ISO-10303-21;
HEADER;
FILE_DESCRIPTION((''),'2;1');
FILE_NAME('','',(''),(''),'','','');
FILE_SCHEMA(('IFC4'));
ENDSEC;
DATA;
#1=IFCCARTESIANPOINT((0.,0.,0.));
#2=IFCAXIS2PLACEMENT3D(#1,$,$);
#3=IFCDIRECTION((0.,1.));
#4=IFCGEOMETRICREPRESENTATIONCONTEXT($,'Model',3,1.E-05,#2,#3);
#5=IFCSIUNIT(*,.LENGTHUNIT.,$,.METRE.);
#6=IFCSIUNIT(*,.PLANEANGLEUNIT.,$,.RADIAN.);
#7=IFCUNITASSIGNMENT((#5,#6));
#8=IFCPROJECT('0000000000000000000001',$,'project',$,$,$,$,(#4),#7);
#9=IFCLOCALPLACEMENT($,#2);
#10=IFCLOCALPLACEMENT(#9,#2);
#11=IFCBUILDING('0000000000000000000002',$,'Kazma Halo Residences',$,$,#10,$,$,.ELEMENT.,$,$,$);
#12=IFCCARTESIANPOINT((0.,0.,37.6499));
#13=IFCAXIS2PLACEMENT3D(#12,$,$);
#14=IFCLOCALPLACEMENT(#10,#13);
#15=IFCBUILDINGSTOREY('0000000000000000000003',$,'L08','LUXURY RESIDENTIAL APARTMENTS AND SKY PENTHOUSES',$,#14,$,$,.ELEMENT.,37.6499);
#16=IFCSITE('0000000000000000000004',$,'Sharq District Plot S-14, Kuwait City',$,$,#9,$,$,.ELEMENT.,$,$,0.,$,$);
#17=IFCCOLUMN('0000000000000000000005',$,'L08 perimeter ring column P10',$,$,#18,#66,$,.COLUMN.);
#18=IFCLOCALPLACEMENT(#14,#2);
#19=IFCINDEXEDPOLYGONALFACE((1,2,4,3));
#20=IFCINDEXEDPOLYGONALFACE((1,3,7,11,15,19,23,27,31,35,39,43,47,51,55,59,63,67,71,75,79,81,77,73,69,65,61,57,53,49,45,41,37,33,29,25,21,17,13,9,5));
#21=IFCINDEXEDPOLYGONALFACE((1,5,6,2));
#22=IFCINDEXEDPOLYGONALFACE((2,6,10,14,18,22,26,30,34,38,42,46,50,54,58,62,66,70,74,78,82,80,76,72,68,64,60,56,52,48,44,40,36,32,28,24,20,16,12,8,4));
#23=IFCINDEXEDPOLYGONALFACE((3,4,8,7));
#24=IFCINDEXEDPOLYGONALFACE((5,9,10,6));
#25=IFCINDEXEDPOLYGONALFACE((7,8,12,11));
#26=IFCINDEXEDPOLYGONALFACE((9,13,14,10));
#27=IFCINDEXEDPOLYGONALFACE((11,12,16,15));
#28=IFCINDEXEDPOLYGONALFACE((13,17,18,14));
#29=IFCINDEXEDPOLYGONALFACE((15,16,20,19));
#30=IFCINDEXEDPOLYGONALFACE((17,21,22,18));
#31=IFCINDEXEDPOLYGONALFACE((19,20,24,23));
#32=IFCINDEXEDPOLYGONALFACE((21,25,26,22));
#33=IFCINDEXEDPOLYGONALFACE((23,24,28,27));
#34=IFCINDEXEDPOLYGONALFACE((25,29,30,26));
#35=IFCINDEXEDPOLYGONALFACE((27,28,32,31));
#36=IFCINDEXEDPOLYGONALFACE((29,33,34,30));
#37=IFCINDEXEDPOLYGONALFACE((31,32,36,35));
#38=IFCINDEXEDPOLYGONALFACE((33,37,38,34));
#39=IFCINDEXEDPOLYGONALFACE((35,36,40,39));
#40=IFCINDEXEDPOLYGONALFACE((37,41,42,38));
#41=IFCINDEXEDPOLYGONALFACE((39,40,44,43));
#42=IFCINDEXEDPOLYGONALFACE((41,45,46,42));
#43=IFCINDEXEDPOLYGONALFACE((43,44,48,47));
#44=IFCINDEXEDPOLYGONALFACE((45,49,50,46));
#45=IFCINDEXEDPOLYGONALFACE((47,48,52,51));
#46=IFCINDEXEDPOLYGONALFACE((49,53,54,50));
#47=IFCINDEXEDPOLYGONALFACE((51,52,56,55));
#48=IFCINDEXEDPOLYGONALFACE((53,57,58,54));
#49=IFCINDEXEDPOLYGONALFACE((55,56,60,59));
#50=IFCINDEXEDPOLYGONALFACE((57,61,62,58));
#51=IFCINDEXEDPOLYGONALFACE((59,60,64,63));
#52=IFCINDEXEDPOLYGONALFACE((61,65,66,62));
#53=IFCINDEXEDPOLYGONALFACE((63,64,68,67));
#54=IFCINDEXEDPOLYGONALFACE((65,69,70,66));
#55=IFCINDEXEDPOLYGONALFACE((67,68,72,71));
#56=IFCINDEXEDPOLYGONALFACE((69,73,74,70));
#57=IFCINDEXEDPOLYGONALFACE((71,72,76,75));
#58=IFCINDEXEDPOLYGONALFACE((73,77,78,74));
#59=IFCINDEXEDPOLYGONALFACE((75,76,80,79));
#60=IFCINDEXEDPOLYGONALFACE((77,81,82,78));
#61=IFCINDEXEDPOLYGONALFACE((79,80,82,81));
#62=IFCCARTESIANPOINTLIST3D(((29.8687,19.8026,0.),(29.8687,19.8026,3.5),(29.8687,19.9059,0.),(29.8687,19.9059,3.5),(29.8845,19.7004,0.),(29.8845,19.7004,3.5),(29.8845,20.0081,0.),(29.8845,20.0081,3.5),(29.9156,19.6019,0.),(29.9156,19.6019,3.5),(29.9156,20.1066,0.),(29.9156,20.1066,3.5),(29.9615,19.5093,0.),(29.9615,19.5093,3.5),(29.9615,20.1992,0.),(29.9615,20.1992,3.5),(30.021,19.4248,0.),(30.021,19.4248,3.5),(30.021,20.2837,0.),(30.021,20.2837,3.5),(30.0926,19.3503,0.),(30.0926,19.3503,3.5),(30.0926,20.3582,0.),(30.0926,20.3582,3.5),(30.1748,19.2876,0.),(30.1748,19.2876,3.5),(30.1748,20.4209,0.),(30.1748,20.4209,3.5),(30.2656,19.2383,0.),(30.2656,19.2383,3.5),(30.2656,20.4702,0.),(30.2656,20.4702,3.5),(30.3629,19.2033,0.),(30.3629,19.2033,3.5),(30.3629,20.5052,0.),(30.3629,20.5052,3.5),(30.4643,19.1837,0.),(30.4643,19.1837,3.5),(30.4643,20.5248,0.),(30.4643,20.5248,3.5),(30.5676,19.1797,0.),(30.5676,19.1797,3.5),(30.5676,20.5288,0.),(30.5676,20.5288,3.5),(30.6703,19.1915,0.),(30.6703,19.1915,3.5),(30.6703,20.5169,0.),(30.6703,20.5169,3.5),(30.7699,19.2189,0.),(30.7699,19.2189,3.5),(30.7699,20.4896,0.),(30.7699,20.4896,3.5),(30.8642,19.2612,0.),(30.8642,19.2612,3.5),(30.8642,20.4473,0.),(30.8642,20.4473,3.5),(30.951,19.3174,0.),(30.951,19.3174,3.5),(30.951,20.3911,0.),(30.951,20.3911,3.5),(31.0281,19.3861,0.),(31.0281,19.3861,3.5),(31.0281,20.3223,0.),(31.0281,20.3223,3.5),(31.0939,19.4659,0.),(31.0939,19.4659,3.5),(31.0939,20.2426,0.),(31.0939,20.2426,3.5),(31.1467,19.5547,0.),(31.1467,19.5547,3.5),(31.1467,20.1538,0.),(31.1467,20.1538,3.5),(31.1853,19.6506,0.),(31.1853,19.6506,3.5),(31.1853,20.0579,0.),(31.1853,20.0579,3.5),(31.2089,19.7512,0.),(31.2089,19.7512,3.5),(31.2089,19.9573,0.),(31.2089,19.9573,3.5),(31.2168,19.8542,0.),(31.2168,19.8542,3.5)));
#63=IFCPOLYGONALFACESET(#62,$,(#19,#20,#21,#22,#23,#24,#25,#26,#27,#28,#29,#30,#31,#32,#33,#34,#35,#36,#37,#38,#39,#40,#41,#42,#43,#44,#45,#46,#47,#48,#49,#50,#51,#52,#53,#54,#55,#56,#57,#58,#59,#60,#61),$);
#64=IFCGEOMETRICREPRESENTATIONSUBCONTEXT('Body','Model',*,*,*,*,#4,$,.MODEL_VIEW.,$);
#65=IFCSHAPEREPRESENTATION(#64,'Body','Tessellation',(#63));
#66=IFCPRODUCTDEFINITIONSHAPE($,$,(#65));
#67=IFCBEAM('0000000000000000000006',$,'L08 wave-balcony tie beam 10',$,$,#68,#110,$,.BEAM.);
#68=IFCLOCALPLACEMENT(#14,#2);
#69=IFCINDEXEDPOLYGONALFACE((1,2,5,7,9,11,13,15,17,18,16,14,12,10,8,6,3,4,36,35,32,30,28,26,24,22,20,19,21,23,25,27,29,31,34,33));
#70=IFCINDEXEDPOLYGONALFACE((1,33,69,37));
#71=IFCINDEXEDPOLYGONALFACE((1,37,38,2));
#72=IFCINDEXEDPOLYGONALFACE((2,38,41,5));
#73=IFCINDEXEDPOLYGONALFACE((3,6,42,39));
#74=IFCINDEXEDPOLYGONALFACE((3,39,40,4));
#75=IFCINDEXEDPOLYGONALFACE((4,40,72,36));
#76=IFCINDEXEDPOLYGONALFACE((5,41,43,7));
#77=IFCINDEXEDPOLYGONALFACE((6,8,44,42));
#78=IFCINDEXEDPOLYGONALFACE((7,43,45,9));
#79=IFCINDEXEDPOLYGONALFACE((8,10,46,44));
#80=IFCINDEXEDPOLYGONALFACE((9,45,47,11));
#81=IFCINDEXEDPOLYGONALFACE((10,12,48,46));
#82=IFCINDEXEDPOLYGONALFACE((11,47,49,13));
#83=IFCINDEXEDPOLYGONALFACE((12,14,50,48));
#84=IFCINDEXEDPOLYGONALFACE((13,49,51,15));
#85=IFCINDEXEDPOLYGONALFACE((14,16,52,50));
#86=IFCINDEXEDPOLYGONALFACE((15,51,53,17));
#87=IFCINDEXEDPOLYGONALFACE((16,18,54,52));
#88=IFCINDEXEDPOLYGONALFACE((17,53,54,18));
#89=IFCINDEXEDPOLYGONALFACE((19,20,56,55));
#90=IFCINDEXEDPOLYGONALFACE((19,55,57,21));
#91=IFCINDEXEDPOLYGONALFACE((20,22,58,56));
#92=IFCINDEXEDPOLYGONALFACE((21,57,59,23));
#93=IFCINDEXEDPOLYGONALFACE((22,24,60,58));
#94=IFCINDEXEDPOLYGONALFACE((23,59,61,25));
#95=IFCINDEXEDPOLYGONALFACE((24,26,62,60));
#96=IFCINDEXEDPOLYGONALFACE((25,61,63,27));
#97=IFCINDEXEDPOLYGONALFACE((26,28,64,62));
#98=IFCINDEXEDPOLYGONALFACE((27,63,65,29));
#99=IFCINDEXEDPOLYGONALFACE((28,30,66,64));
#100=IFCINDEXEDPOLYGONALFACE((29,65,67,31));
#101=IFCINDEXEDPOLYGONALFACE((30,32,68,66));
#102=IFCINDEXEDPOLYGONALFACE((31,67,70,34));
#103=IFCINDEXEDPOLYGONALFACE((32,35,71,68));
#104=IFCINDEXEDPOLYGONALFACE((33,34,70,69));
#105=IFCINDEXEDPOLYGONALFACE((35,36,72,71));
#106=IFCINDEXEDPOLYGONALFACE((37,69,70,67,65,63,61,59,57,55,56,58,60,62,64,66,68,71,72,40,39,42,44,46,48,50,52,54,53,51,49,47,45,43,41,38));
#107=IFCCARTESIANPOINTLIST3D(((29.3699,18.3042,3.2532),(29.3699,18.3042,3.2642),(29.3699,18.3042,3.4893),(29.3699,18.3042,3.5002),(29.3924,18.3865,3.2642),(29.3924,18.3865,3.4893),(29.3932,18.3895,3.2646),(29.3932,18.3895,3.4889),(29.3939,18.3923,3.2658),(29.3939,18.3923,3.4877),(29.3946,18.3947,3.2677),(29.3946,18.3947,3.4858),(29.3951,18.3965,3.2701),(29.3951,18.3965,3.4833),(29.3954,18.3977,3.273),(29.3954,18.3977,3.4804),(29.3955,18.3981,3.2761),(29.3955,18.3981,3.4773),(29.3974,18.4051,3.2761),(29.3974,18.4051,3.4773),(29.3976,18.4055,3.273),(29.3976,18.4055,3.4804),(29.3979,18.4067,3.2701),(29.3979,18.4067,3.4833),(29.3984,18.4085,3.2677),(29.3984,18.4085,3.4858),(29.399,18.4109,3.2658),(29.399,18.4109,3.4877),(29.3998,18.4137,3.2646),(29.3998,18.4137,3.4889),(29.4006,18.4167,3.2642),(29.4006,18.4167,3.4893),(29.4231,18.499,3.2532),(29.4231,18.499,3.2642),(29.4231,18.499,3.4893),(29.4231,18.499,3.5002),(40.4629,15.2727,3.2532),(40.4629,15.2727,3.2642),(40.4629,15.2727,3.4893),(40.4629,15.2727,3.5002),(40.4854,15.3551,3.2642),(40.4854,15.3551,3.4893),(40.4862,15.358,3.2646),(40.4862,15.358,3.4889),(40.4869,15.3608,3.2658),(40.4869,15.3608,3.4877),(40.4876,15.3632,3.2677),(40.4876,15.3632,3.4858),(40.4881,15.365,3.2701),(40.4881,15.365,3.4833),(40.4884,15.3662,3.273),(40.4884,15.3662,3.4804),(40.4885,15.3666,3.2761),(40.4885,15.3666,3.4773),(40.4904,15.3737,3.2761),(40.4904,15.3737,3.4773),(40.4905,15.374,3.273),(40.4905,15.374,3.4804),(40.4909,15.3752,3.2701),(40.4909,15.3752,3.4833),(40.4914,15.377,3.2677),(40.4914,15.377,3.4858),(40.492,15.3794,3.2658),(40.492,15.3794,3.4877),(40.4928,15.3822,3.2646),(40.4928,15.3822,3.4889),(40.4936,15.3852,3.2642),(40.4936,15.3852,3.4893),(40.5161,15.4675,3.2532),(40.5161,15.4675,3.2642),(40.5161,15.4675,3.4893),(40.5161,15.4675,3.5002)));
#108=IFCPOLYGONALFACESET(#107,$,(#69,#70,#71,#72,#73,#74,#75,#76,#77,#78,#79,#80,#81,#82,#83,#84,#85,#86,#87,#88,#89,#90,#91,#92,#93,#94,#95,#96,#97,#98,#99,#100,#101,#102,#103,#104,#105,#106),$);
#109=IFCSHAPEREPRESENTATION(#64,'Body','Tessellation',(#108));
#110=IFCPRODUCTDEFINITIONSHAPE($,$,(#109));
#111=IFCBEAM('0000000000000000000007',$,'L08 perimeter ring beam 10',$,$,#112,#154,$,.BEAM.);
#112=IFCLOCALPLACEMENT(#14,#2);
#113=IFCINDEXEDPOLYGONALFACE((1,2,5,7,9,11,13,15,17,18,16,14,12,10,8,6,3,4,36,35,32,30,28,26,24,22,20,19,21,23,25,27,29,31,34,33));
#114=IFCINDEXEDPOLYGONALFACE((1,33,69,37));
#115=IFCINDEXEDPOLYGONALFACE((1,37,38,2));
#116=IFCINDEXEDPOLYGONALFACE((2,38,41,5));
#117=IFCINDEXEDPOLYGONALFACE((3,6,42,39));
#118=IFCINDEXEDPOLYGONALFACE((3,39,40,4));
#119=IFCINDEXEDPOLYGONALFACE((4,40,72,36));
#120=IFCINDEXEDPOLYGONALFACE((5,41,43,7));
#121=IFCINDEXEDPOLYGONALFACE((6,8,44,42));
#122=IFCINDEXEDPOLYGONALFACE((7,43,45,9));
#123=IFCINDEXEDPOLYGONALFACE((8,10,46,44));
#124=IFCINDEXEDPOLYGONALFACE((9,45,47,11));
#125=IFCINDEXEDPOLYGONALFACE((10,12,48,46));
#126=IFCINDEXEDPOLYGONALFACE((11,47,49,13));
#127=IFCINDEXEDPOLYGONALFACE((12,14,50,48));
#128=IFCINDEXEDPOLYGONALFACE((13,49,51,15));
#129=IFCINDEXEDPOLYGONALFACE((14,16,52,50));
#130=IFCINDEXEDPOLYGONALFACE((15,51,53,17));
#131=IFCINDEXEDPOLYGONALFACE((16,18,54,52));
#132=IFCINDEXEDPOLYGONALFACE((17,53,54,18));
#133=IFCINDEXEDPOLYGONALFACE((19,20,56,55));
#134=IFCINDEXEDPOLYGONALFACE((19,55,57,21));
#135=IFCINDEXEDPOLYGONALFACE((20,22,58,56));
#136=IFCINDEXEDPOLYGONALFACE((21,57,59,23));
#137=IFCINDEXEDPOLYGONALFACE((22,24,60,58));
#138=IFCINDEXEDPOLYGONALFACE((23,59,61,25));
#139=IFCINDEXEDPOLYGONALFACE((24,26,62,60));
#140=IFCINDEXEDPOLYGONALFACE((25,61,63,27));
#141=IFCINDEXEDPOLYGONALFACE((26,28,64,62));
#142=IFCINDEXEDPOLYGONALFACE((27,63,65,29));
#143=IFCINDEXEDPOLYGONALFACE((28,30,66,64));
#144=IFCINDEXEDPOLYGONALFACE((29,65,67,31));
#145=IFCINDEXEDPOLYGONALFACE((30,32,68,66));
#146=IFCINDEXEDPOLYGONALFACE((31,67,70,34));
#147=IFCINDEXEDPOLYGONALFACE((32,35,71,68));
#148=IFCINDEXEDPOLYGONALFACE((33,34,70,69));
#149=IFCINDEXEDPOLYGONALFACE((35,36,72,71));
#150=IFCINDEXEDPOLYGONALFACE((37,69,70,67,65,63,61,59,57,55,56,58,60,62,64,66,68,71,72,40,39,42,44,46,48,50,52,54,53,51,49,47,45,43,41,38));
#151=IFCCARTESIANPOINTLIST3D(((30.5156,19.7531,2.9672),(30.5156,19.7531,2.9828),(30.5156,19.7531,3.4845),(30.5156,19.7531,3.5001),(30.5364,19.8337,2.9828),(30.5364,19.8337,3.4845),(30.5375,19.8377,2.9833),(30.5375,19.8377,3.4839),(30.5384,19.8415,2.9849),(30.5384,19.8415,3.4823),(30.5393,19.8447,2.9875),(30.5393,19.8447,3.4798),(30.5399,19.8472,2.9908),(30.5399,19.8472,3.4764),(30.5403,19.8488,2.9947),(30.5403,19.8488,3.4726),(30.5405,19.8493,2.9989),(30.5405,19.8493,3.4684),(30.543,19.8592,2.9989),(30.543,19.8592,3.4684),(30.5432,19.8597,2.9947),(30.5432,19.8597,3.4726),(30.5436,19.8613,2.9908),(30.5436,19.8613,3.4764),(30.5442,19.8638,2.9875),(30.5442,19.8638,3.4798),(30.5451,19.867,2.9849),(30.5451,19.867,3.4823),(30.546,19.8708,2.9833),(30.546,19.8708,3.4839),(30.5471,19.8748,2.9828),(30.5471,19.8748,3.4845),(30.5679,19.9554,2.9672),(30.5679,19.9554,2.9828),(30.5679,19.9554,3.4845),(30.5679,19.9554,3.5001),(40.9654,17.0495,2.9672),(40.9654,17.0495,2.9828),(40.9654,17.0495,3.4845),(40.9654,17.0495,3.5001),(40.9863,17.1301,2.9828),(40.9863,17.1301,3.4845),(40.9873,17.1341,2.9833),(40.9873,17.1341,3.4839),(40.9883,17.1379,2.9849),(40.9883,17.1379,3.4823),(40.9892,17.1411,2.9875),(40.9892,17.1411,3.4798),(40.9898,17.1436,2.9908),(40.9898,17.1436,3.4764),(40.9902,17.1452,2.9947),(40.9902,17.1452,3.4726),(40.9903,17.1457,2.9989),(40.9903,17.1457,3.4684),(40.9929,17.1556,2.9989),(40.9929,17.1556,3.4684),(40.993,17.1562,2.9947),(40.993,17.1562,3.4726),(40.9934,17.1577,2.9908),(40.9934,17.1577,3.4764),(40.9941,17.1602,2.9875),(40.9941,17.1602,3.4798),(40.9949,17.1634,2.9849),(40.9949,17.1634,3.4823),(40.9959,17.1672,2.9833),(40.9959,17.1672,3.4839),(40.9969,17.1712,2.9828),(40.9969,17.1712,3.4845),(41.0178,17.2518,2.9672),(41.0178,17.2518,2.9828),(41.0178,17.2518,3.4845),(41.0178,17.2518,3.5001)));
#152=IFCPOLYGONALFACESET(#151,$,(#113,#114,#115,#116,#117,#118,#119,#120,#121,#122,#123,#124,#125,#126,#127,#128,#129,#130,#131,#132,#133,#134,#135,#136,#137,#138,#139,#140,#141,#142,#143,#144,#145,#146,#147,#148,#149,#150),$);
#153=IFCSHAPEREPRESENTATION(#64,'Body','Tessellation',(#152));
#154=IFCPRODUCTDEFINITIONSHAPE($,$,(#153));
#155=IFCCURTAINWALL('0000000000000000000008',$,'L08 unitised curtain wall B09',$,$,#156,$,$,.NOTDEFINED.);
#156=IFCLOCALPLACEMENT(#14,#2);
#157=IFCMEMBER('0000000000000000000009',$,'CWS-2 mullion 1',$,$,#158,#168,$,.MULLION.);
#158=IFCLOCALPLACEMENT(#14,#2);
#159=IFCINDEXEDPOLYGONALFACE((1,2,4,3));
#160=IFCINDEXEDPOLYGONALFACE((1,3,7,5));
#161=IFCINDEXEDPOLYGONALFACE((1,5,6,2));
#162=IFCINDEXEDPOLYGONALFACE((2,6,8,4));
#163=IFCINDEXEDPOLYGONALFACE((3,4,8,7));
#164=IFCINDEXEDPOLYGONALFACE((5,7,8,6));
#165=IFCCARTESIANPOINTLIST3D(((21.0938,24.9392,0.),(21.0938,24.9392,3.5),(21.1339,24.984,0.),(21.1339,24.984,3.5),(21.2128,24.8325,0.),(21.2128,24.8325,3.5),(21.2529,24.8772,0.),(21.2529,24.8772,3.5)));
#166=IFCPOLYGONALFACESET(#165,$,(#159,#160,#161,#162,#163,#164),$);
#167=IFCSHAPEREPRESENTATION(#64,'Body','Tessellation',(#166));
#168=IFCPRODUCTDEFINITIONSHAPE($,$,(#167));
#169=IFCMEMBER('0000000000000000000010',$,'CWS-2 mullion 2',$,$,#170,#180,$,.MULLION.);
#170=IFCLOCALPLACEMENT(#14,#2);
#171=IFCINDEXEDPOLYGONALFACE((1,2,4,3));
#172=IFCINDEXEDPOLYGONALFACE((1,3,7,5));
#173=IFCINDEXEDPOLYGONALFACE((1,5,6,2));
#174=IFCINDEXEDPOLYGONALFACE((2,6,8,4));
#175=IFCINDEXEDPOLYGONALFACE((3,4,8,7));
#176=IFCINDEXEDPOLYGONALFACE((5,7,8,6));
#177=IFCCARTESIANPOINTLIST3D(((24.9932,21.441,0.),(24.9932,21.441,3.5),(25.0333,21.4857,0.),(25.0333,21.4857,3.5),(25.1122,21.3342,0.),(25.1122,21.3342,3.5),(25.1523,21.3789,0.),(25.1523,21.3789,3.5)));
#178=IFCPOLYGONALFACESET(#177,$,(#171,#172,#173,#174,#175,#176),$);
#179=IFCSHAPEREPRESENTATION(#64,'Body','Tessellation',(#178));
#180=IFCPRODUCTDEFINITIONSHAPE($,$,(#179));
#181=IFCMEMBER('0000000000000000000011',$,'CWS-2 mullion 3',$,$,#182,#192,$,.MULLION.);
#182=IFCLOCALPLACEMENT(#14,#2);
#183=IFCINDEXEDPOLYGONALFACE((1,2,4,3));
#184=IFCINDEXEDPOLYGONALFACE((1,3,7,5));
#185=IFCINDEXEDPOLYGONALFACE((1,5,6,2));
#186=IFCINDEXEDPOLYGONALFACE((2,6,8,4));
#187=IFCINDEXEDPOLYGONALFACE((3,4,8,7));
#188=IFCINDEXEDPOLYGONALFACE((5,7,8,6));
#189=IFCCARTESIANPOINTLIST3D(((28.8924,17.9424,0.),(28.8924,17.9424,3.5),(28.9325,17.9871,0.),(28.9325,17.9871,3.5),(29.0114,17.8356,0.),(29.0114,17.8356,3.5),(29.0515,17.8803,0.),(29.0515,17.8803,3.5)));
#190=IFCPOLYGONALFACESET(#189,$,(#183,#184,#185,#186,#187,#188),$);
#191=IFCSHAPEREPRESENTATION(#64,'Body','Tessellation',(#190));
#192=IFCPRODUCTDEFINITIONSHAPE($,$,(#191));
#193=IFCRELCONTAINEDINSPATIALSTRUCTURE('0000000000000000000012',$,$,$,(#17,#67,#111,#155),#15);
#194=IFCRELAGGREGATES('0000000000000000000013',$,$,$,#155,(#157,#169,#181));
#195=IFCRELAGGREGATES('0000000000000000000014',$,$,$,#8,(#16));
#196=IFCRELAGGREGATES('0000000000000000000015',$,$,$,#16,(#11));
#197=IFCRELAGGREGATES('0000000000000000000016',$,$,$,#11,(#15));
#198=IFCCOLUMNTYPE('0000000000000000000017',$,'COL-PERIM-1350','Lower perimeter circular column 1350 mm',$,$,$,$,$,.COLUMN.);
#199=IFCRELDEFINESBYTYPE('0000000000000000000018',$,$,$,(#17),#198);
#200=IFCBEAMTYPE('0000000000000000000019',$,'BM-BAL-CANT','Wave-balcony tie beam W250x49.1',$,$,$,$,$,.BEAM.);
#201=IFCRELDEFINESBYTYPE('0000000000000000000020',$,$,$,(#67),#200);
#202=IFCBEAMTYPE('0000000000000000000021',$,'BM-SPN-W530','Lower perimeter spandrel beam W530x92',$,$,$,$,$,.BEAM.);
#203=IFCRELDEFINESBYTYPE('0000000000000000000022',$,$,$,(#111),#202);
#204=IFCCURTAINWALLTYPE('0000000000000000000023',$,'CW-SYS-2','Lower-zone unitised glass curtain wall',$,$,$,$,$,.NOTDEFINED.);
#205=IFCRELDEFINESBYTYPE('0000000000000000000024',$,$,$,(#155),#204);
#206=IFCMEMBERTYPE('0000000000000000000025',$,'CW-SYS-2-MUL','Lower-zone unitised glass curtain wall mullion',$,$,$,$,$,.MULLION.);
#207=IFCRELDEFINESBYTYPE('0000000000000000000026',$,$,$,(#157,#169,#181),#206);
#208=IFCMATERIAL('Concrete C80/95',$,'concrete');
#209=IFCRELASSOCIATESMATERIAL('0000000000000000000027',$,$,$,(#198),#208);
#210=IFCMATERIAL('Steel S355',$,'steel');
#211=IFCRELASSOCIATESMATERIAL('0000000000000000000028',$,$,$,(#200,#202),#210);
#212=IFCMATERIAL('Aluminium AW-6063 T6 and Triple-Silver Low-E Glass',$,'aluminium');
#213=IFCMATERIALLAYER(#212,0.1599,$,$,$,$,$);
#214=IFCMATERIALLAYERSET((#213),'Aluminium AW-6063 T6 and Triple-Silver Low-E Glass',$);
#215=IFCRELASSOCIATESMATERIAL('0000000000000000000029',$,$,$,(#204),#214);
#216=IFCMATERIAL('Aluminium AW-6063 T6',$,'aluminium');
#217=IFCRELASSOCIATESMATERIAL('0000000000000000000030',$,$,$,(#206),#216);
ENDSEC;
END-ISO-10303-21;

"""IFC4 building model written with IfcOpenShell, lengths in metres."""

from ifc_helpers import new_model, si_unit, direction, frame, origin, origin_2d, place, context, subcontext, project, spatial, rectangle, circle, i_section, extrude, material, layer, layer_set, material_profile, profile_set, type_object, element, aggregate, save


model = new_model("IFC4")

# Units and contexts
model_context = context("Model", 3, precision=1e-05, world=origin(), true_north=direction((0.0, 1.0)))
body_context = subcontext(model_context, "Body", "Model", "MODEL_VIEW")
ifc_project = project(units=[si_unit("LENGTHUNIT", "METRE"), si_unit("PLANEANGLEUNIT", "RADIAN")], contexts=[model_context])

# Site, building, storey
site_placement = place(None, origin())
site = spatial("IfcSite", under=ifc_project, at=site_placement, Name="Sharq District Plot S-14, Kuwait City", CompositionType="ELEMENT", RefElevation=0.0)
building_placement = place(site_placement, origin())
building = spatial("IfcBuilding", under=site, at=building_placement, Name="Kazma Halo Residences", CompositionType="ELEMENT")
storey_placement = place(building_placement, frame((0.0, 0.0, 37.6499)))
storey = spatial("IfcBuildingStorey", under=building, at=storey_placement, Name="L08", Description="LUXURY RESIDENTIAL APARTMENTS AND SKY PENTHOUSES", CompositionType="ELEMENT", Elevation=37.6499)

# Column
ifc_material_1 = material(Name="Concrete C80/95", Category="concrete")
ifc_material_profile_1 = material_profile(ifc_material_1, circle(Radius=0.675, at=origin_2d()), Name="CIRC1350")
ifc_profile_set_1 = profile_set([ifc_material_profile_1], Name="Concrete C80/95")
column_type = type_object("IfcColumnType", Name="COL-PERIM-1350", Description="Lower perimeter circular column 1350 mm", PredefinedType="COLUMN", material=ifc_profile_set_1)
column_placement = place(storey_placement, frame((30.5417, 19.8542, 0.0), z_axis=(0.0, 0.0, 1.0), x_axis=(1.0, 0.0, 0.0)))
element("IfcColumn", 1, at=column_placement, inside=storey, type_object=column_type, Name="L08 perimeter ring column P10", PredefinedType="COLUMN", context=body_context, shape_type="SweptSolid", body=[
    extrude(circle(Radius=0.675, at=origin_2d()), origin(), (0.0, 0.0, 1.0), 3.5),
])

# Beams
ifc_material_2 = material(Name="Steel S355", Category="steel")
ifc_material_profile_2 = material_profile(ifc_material_2, i_section(OverallWidth=0.2019, OverallDepth=0.2471, WebThickness=0.0073, FlangeThickness=0.011, FilletRadius=0.012, at=origin_2d()), Name="W250x49.1")
ifc_profile_set_2 = profile_set([ifc_material_profile_2], Name="Steel S355")
beam_type_1 = type_object("IfcBeamType", Name="BM-BAL-CANT", Description="Wave-balcony tie beam W250x49.1", PredefinedType="BEAM", material=ifc_profile_set_2)
beam_1_placement = place(storey_placement, frame((29.3965, 18.4016, 3.3767), z_axis=(0.964628, -0.263613, 0.0), x_axis=(0.263613, 0.964628, 0.0)))
element("IfcBeam", 2, at=beam_1_placement, inside=storey, type_object=beam_type_1, Name="L08 wave-balcony tie beam 10", PredefinedType="BEAM", context=body_context, shape_type="SweptSolid", body=[
    extrude(i_section(OverallWidth=0.2019, OverallDepth=0.2471, WebThickness=0.0073, FlangeThickness=0.011, FilletRadius=0.012, at=origin_2d()), origin(), (0.0, 0.0, 1.0), 11.4998),
])
ifc_material_profile_3 = material_profile(ifc_material_2, i_section(OverallWidth=0.209, OverallDepth=0.533, WebThickness=0.0103, FlangeThickness=0.0156, FilletRadius=0.0161, at=origin_2d()), Name="W530x92")
ifc_profile_set_3 = profile_set([ifc_material_profile_3], Name="Steel S355")
beam_type_2 = type_object("IfcBeamType", Name="BM-SPN-W530", Description="Lower perimeter spandrel beam W530x92", PredefinedType="BEAM", material=ifc_profile_set_3)
beam_2_placement = place(storey_placement, frame((30.5417, 19.8542, 3.2336), z_axis=(0.968124, -0.250473, 0.0), x_axis=(0.250473, 0.968124, 0.0)))
element("IfcBeam", 3, at=beam_2_placement, inside=storey, type_object=beam_type_2, Name="L08 perimeter ring beam 10", PredefinedType="BEAM", context=body_context, shape_type="SweptSolid", body=[
    extrude(i_section(OverallWidth=0.209, OverallDepth=0.533, WebThickness=0.0103, FlangeThickness=0.0156, FilletRadius=0.0161, at=origin_2d()), origin(), (0.0, 0.0, 1.0), 10.7939),
])

# Curtain wall, members
ifc_material_3 = material(Name="Aluminium AW-6063 T6 and Triple-Silver Low-E Glass", Category="aluminium")
ifc_layer_1 = layer(ifc_material_3, 0.1599)
ifc_layer_set_1 = layer_set([ifc_layer_1], Name="Aluminium AW-6063 T6 and Triple-Silver Low-E Glass")
curtain_wall_type = type_object("IfcCurtainWallType", Name="CW-SYS-2", Description="Lower-zone unitised glass curtain wall", PredefinedType="NOTDEFINED", material=ifc_layer_set_1)
curtain_wall_placement = place(storey_placement, origin())
curtain_wall = element("IfcCurtainWall", 4, at=curtain_wall_placement, inside=storey, type_object=curtain_wall_type, Name="L08 unitised curtain wall B09", PredefinedType="NOTDEFINED")
ifc_material_4 = material(Name="Aluminium AW-6063 T6", Category="aluminium")
ifc_material_profile_4 = material_profile(ifc_material_4, rectangle(XDim=0.0601, YDim=0.1599, at=origin_2d()), Name="CWM-60x160")
ifc_profile_set_4 = profile_set([ifc_material_profile_4], Name="Aluminium AW-6063 T6")
member_type_1 = type_object("IfcMemberType", Name="CW-SYS-2-MUL", Description="Lower-zone unitised glass curtain wall mullion", PredefinedType="MULLION", material=ifc_profile_set_4)
member_1_placement = place(storey_placement, frame((21.1733, 24.9082, 0.0), z_axis=(0.0, 0.0, 1.0), x_axis=(0.667821, 0.744322, 0.0)))
member_1 = element("IfcMember", 5, at=member_1_placement, type_object=member_type_1, Name="CWS-2 mullion 1", PredefinedType="MULLION", context=body_context, shape_type="SweptSolid", body=[
    extrude(rectangle(XDim=0.0601, YDim=0.1599, at=origin_2d()), origin(), (0.0, 0.0, 1.0), 3.5),
])
member_2_placement = place(storey_placement, frame((25.0728, 21.4099, 0.0), z_axis=(0.0, 0.0, 1.0), x_axis=(0.667821, 0.744322, 0.0)))
member_2 = element("IfcMember", 6, at=member_2_placement, type_object=member_type_1, Name="CWS-2 mullion 2", PredefinedType="MULLION", context=body_context, shape_type="SweptSolid", body=[
    extrude(rectangle(XDim=0.0601, YDim=0.1599, at=origin_2d()), origin(), (0.0, 0.0, 1.0), 3.5),
])
member_3_placement = place(storey_placement, frame((28.9719, 17.9114, 0.0), z_axis=(0.0, 0.0, 1.0), x_axis=(0.667821, 0.744322, 0.0)))
member_3 = element("IfcMember", 7, at=member_3_placement, type_object=member_type_1, Name="CWS-2 mullion 3", PredefinedType="MULLION", context=body_context, shape_type="SweptSolid", body=[
    extrude(rectangle(XDim=0.0601, YDim=0.1599, at=origin_2d()), origin(), (0.0, 0.0, 1.0), 3.5),
])
aggregate(curtain_wall, [member_1, member_2, member_3])

save(model, "model.ifc")
